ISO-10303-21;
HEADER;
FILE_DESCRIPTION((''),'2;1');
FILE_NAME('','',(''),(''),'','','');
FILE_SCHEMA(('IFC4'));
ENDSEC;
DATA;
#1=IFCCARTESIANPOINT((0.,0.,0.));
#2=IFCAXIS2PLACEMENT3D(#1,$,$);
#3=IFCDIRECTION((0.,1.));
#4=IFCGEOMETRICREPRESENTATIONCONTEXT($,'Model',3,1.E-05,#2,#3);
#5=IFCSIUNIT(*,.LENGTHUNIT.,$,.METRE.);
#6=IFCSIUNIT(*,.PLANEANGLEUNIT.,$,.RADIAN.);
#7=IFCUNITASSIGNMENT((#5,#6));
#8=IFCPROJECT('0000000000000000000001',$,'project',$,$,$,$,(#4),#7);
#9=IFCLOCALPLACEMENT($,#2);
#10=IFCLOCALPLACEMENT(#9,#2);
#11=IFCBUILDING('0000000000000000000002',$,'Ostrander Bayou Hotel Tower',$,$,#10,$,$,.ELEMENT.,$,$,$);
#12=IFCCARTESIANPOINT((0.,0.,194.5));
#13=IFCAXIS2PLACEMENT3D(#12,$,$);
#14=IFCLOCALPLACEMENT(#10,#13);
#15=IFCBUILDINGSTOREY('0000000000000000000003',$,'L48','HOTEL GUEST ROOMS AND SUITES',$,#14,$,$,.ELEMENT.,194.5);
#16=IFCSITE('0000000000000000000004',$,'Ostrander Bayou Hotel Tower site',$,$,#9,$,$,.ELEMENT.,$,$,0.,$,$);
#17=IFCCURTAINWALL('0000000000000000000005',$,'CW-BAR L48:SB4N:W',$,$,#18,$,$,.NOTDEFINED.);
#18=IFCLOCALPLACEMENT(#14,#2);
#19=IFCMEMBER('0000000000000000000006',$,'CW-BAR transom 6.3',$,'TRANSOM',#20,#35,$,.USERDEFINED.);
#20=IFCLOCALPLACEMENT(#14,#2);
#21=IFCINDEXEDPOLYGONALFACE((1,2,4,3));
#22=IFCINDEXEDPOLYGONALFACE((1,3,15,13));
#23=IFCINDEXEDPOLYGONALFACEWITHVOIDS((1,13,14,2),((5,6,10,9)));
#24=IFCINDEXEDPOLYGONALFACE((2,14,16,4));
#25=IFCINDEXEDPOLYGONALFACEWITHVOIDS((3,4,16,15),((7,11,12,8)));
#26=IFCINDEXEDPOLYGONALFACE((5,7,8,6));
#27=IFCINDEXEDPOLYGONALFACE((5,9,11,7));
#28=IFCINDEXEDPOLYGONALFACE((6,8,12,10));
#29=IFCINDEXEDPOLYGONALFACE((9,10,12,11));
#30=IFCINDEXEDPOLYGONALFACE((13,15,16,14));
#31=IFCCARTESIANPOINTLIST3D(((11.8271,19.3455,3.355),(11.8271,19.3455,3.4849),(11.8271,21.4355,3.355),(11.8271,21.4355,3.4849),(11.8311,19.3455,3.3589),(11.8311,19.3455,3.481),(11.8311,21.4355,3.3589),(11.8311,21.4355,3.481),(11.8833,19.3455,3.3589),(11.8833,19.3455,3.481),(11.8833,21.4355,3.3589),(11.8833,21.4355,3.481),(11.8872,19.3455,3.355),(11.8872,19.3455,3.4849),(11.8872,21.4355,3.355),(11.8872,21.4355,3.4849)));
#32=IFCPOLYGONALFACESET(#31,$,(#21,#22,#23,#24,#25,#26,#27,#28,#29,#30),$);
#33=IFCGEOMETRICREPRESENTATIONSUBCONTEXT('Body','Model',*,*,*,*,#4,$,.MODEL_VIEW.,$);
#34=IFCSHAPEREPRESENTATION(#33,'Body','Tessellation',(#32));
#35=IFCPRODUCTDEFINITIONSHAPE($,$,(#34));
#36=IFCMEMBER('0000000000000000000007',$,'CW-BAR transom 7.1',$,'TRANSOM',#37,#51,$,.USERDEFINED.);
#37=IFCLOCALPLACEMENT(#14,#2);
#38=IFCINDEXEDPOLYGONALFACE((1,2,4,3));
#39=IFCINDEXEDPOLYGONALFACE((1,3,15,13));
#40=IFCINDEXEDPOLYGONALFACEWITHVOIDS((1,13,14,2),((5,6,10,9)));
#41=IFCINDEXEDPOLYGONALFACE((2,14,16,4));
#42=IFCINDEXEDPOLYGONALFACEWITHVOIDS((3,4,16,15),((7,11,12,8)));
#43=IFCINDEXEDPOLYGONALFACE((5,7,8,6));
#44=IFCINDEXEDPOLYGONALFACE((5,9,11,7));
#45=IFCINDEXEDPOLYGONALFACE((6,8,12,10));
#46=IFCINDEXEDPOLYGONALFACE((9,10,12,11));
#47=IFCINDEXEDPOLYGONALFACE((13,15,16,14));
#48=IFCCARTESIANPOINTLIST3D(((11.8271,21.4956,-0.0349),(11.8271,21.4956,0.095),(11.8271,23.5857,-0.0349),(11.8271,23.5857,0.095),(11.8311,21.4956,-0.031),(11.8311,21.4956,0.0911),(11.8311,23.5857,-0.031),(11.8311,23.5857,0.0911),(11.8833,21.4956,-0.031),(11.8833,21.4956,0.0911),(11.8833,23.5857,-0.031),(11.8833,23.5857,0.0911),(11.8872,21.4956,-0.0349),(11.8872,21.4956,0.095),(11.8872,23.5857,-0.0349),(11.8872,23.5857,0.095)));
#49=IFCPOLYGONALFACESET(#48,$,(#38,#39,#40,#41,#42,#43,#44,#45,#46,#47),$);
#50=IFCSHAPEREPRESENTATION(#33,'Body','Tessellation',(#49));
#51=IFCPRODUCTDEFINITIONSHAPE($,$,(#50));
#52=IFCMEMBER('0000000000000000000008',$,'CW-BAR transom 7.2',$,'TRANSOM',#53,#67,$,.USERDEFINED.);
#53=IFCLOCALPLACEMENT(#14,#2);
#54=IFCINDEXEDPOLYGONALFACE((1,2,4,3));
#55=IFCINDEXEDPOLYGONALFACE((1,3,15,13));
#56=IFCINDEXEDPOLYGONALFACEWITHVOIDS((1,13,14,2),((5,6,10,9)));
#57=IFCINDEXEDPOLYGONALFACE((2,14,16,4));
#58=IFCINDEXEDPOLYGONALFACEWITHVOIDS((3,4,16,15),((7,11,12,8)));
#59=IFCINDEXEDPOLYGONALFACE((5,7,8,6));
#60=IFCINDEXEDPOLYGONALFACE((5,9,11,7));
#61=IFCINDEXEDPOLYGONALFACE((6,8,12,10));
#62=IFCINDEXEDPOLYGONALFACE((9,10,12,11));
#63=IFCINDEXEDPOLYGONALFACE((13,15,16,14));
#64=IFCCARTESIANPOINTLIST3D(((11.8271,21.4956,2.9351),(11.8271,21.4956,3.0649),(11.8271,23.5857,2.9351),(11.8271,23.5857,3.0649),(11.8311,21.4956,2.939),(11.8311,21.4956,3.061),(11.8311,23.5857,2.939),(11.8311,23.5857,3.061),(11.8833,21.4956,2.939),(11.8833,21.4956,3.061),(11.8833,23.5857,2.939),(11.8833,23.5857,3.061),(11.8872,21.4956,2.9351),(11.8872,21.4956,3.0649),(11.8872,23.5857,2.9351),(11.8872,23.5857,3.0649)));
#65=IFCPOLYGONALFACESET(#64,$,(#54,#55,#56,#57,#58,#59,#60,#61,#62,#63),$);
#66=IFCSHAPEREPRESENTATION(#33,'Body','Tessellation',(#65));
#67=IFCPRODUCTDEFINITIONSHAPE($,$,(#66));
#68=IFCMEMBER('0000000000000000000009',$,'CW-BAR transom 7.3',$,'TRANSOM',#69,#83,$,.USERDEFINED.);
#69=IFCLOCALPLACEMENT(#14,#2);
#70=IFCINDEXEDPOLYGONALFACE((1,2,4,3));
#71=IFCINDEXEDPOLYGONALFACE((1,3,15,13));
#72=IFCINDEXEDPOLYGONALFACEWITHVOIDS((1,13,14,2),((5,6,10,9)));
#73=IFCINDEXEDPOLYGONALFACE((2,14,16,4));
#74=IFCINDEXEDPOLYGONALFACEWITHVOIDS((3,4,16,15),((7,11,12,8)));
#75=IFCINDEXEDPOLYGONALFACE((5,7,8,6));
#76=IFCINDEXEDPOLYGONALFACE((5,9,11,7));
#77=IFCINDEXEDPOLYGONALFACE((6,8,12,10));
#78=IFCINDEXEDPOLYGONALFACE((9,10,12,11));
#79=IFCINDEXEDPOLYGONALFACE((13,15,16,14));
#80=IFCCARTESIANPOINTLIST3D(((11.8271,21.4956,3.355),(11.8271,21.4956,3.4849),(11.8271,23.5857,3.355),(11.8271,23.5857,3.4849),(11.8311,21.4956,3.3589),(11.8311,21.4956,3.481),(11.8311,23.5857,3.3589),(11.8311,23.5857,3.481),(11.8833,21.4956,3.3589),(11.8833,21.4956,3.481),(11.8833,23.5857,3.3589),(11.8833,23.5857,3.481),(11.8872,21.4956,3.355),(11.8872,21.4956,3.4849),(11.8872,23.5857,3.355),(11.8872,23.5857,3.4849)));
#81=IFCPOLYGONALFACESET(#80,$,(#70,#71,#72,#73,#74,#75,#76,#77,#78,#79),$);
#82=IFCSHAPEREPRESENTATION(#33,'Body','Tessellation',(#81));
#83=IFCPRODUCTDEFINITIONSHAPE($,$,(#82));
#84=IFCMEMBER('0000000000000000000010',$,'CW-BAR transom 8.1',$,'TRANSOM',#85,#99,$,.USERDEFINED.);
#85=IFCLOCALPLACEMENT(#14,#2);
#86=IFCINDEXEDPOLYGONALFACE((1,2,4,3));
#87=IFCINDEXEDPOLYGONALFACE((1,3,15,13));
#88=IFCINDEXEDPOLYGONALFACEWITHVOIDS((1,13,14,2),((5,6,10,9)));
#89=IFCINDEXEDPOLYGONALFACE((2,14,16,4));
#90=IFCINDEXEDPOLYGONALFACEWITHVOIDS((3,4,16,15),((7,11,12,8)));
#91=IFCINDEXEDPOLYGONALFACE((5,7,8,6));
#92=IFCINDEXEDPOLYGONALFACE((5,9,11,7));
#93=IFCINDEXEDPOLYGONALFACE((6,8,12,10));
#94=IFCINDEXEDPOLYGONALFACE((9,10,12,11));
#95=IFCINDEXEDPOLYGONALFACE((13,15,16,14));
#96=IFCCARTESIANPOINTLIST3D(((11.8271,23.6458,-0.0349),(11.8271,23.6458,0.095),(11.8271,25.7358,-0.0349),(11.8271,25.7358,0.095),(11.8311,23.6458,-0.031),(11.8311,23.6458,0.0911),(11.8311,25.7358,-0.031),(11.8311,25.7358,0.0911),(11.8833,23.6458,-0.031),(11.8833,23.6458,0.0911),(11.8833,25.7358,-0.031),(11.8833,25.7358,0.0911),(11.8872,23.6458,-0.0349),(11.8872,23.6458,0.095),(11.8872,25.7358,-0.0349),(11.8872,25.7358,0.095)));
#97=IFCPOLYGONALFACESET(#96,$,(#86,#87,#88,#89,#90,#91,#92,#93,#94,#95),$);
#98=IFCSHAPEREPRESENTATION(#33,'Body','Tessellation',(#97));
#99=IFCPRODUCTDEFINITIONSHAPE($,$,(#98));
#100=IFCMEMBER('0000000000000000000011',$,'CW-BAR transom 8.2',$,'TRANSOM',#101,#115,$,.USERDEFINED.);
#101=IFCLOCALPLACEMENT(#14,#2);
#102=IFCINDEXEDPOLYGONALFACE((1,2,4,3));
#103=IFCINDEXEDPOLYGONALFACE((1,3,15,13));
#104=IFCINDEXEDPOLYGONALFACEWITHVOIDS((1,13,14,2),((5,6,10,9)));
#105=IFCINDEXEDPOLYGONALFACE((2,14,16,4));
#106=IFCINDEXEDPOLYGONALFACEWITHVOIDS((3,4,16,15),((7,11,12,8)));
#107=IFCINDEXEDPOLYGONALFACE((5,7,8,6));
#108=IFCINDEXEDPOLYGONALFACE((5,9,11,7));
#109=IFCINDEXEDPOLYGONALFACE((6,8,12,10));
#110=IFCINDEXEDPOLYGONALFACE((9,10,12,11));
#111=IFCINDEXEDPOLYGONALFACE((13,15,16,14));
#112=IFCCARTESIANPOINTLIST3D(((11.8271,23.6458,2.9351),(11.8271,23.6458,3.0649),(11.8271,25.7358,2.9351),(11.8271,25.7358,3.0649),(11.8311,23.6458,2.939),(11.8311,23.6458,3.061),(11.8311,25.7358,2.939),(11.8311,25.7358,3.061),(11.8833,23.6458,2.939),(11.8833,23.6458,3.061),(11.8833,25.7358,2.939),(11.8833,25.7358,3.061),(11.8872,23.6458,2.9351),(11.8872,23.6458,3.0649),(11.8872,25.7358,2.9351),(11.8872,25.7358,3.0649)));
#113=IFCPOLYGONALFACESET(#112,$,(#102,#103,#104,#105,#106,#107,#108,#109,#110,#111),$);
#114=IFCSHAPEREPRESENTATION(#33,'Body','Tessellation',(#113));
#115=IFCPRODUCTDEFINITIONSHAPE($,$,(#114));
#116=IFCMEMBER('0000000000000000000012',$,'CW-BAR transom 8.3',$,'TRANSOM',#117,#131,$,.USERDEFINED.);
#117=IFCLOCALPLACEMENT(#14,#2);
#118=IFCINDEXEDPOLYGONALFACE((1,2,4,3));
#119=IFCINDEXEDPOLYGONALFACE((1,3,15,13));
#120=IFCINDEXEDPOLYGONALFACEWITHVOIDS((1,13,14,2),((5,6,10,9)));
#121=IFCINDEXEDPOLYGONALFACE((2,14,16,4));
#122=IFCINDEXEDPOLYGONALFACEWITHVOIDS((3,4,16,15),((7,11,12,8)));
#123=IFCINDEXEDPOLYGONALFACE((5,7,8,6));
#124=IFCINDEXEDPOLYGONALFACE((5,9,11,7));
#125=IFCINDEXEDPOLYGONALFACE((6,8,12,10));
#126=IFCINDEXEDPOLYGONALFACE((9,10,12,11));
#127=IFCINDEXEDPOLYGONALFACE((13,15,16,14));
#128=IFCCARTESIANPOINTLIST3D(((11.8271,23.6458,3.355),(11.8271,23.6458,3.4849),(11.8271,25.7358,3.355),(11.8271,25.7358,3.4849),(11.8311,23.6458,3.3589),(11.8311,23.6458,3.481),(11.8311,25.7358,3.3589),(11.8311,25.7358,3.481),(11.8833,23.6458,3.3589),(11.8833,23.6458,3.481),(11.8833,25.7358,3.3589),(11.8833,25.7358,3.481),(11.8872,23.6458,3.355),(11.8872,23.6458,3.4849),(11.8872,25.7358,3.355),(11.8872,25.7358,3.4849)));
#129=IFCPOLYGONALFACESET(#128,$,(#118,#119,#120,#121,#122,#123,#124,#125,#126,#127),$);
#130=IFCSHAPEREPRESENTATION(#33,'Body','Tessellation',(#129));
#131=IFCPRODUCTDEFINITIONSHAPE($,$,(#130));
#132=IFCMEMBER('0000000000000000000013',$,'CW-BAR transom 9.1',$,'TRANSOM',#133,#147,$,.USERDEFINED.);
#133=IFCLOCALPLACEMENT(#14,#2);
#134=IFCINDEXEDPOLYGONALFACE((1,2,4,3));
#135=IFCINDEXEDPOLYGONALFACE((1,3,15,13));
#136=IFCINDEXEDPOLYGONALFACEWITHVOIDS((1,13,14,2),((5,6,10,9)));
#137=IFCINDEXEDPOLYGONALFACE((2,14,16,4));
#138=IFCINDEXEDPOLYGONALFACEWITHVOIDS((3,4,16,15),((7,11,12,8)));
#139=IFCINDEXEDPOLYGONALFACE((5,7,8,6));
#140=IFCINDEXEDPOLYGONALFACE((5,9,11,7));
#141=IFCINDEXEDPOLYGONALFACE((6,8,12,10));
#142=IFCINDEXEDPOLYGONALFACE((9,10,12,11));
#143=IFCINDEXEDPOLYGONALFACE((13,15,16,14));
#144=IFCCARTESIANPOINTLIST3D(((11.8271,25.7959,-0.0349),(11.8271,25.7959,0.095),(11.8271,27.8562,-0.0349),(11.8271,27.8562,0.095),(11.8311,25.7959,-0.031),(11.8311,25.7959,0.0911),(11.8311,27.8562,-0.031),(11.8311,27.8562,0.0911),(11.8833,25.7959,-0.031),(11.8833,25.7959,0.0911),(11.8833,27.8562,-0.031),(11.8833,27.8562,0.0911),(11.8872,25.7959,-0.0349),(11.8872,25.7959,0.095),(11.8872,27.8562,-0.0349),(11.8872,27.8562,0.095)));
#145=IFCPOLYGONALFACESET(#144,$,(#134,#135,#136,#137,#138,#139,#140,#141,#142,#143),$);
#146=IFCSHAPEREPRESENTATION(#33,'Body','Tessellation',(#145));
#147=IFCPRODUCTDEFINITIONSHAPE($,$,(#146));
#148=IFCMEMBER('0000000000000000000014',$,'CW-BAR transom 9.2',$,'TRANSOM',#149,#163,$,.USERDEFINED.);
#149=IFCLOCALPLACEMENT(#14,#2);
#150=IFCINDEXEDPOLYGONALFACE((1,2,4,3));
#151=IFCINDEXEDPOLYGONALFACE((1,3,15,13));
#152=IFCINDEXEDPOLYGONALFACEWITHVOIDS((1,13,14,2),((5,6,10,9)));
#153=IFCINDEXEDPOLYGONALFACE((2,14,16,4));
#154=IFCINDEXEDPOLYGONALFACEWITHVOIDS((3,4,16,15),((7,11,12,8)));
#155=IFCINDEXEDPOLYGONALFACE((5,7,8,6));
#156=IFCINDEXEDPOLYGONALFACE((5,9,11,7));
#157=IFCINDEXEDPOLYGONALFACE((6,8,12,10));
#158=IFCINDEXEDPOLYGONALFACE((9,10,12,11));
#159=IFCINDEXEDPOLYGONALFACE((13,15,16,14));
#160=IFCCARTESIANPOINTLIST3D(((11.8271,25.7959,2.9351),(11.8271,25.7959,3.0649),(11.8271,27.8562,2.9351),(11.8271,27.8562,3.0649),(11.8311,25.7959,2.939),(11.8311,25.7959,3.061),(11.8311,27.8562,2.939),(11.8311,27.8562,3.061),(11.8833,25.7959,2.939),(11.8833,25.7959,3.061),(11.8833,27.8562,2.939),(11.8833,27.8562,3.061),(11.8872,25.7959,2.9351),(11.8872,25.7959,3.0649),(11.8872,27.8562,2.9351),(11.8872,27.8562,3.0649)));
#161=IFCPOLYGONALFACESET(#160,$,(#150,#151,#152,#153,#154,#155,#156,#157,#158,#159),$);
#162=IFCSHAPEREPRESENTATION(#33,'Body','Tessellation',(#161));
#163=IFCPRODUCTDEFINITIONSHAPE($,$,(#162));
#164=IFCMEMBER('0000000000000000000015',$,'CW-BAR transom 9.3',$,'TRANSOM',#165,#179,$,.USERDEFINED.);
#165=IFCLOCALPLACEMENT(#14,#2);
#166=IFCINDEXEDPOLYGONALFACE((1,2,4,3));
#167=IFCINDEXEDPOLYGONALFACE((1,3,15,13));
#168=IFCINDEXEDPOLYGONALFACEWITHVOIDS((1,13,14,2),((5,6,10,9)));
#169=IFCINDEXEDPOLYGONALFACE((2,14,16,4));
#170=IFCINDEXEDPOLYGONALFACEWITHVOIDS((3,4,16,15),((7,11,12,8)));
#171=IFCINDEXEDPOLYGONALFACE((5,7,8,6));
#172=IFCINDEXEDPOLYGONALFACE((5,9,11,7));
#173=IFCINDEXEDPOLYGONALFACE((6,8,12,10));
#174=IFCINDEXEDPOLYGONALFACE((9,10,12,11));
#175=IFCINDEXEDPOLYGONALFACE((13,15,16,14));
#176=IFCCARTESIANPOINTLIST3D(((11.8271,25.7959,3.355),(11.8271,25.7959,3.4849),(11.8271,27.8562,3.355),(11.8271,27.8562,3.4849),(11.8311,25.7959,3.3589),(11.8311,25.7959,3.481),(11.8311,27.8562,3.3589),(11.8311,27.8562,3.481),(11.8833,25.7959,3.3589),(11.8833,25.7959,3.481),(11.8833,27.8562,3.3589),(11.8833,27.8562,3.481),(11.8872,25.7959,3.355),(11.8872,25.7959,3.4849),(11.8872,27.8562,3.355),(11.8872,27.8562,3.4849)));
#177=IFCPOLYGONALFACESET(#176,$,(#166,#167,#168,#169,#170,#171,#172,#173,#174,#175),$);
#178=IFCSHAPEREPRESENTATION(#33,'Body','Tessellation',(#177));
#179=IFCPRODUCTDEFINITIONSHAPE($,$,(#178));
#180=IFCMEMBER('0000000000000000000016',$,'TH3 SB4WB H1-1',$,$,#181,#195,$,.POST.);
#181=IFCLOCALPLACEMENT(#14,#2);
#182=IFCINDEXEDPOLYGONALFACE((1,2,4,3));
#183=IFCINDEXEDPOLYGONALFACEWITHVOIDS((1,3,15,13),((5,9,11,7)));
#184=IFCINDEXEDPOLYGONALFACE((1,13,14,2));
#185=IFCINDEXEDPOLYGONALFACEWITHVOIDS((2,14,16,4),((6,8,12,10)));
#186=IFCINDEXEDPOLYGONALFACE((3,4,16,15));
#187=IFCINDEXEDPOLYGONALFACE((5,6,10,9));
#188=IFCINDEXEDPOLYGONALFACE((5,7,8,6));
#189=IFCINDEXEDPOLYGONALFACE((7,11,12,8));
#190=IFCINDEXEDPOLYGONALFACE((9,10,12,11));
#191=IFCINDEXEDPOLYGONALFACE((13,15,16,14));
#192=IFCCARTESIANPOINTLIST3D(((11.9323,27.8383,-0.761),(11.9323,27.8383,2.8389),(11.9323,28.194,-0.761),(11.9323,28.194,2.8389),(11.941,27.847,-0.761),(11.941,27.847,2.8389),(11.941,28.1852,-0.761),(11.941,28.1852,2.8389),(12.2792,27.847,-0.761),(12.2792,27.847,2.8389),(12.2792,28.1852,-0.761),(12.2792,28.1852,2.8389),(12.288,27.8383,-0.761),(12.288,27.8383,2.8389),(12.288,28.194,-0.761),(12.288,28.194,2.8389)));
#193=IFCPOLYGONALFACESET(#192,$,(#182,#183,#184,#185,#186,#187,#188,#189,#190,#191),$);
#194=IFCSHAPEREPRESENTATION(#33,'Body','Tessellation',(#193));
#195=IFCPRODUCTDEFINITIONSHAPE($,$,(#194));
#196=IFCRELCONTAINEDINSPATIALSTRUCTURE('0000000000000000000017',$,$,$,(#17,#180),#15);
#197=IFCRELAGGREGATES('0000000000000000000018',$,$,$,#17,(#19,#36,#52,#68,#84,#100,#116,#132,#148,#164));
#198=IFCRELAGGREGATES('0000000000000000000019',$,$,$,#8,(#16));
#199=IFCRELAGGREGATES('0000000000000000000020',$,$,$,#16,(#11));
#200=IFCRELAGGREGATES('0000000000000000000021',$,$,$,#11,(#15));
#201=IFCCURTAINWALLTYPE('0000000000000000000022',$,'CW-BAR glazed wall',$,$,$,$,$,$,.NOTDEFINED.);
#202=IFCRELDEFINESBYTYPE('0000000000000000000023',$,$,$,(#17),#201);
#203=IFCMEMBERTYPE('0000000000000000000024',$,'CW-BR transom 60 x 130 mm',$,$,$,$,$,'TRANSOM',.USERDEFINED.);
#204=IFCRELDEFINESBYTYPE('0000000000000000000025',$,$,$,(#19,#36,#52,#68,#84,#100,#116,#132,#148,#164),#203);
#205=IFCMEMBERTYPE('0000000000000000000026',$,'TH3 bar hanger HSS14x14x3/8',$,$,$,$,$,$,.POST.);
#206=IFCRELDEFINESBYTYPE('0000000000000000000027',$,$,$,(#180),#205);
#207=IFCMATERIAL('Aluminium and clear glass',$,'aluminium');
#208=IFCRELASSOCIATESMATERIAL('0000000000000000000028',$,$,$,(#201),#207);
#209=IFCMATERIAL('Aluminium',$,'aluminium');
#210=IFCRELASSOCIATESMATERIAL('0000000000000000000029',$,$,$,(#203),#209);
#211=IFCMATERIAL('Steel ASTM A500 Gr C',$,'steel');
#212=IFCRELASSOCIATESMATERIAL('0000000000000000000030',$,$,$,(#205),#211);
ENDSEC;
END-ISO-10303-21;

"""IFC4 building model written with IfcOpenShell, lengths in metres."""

from ifc_helpers import new_model, si_unit, direction, frame, origin, origin_2d, place, context, subcontext, project, spatial, hollow_rectangle, extrude, material, material_profile, profile_set, type_object, element, aggregate, save


model = new_model("IFC4")

# Units and contexts
model_context = context("Model", 3, precision=1e-05, world=origin(), true_north=direction((0.0, 1.0)))
body_context = subcontext(model_context, "Body", "Model", "MODEL_VIEW")
ifc_project = project(units=[si_unit("LENGTHUNIT", "METRE"), si_unit("PLANEANGLEUNIT", "RADIAN")], contexts=[model_context])

# Site, building, storey
site_placement = place(None, origin())
site = spatial("IfcSite", under=ifc_project, at=site_placement, Name="Ostrander Bayou Hotel Tower site", CompositionType="ELEMENT", RefElevation=0.0)
building_placement = place(site_placement, origin())
building = spatial("IfcBuilding", under=site, at=building_placement, Name="Ostrander Bayou Hotel Tower", CompositionType="ELEMENT")
storey_placement = place(building_placement, frame((0.0, 0.0, 194.5)))
storey = spatial("IfcBuildingStorey", under=building, at=storey_placement, Name="L48", Description="HOTEL GUEST ROOMS AND SUITES", CompositionType="ELEMENT", Elevation=194.5)

# Curtain wall, members
ifc_material_1 = material(Name="Aluminium and clear glass", Category="aluminium")
curtain_wall_type = type_object("IfcCurtainWallType", Name="CW-BAR glazed wall", PredefinedType="NOTDEFINED", material=ifc_material_1)
curtain_wall_placement = place(storey_placement, origin())
curtain_wall = element("IfcCurtainWall", 1, at=curtain_wall_placement, inside=storey, type_object=curtain_wall_type, Name="CW-BAR L48:SB4N:W", PredefinedType="NOTDEFINED")
ifc_material_2 = material(Name="Aluminium", Category="aluminium")
ifc_material_profile_1 = material_profile(ifc_material_2, hollow_rectangle(XDim=0.0601, YDim=0.1299, WallThickness=0.0039, at=origin_2d()))
ifc_profile_set_1 = profile_set([ifc_material_profile_1], Name="Aluminium")
member_type_1 = type_object("IfcMemberType", Name="CW-BR transom 60 x 130 mm", ElementType="TRANSOM", PredefinedType="USERDEFINED", material=ifc_profile_set_1)
member_1_placement = place(storey_placement, frame((11.8572, 19.3455, 3.4199), z_axis=(0.0, 1.0, 0.0), x_axis=(-1.0, 0.0, 0.0)))
member_1 = element("IfcMember", 2, at=member_1_placement, type_object=member_type_1, Name="CW-BAR transom 6.3", ObjectType="TRANSOM", PredefinedType="USERDEFINED", context=body_context, shape_type="SweptSolid", body=[
    extrude(hollow_rectangle(XDim=0.0601, YDim=0.1299, WallThickness=0.0039, at=origin_2d()), origin(), (0.0, 0.0, 1.0), 2.0901),
])
member_2_placement = place(storey_placement, frame((11.8572, 21.4956, 0.03), z_axis=(0.0, 1.0, 0.0), x_axis=(-1.0, 0.0, 0.0)))
member_2 = element("IfcMember", 3, at=member_2_placement, type_object=member_type_1, Name="CW-BAR transom 7.1", ObjectType="TRANSOM", PredefinedType="USERDEFINED", context=body_context, shape_type="SweptSolid", body=[
    extrude(hollow_rectangle(XDim=0.0601, YDim=0.1299, WallThickness=0.0039, at=origin_2d()), origin(), (0.0, 0.0, 1.0), 2.0901),
])
member_3_placement = place(storey_placement, frame((11.8572, 21.4956, 3.0), z_axis=(0.0, 1.0, 0.0), x_axis=(-1.0, 0.0, 0.0)))
member_3 = element("IfcMember", 4, at=member_3_placement, type_object=member_type_1, Name="CW-BAR transom 7.2", ObjectType="TRANSOM", PredefinedType="USERDEFINED", context=body_context, shape_type="SweptSolid", body=[
    extrude(hollow_rectangle(XDim=0.0601, YDim=0.1299, WallThickness=0.0039, at=origin_2d()), origin(), (0.0, 0.0, 1.0), 2.0901),
])
member_4_placement = place(storey_placement, frame((11.8572, 21.4956, 3.4199), z_axis=(0.0, 1.0, 0.0), x_axis=(-1.0, 0.0, 0.0)))
member_4 = element("IfcMember", 5, at=member_4_placement, type_object=member_type_1, Name="CW-BAR transom 7.3", ObjectType="TRANSOM", PredefinedType="USERDEFINED", context=body_context, shape_type="SweptSolid", body=[
    extrude(hollow_rectangle(XDim=0.0601, YDim=0.1299, WallThickness=0.0039, at=origin_2d()), origin(), (0.0, 0.0, 1.0), 2.0901),
])
member_5_placement = place(storey_placement, frame((11.8572, 23.6458, 0.03), z_axis=(0.0, 1.0, 0.0), x_axis=(-1.0, 0.0, 0.0)))
member_5 = element("IfcMember", 6, at=member_5_placement, type_object=member_type_1, Name="CW-BAR transom 8.1", ObjectType="TRANSOM", PredefinedType="USERDEFINED", context=body_context, shape_type="SweptSolid", body=[
    extrude(hollow_rectangle(XDim=0.0601, YDim=0.1299, WallThickness=0.0039, at=origin_2d()), origin(), (0.0, 0.0, 1.0), 2.0901),
])
member_6_placement = place(storey_placement, frame((11.8572, 23.6458, 3.0), z_axis=(0.0, 1.0, 0.0), x_axis=(-1.0, 0.0, 0.0)))
member_6 = element("IfcMember", 7, at=member_6_placement, type_object=member_type_1, Name="CW-BAR transom 8.2", ObjectType="TRANSOM", PredefinedType="USERDEFINED", context=body_context, shape_type="SweptSolid", body=[
    extrude(hollow_rectangle(XDim=0.0601, YDim=0.1299, WallThickness=0.0039, at=origin_2d()), origin(), (0.0, 0.0, 1.0), 2.0901),
])
member_7_placement = place(storey_placement, frame((11.8572, 23.6458, 3.4199), z_axis=(0.0, 1.0, 0.0), x_axis=(-1.0, 0.0, 0.0)))
member_7 = element("IfcMember", 8, at=member_7_placement, type_object=member_type_1, Name="CW-BAR transom 8.3", ObjectType="TRANSOM", PredefinedType="USERDEFINED", context=body_context, shape_type="SweptSolid", body=[
    extrude(hollow_rectangle(XDim=0.0601, YDim=0.1299, WallThickness=0.0039, at=origin_2d()), origin(), (0.0, 0.0, 1.0), 2.0901),
])
member_8_placement = place(storey_placement, frame((11.8572, 25.7959, 0.03), z_axis=(0.0, 1.0, 0.0), x_axis=(-1.0, 0.0, 0.0)))
member_8 = element("IfcMember", 9, at=member_8_placement, type_object=member_type_1, Name="CW-BAR transom 9.1", ObjectType="TRANSOM", PredefinedType="USERDEFINED", context=body_context, shape_type="SweptSolid", body=[
    extrude(hollow_rectangle(XDim=0.0601, YDim=0.1299, WallThickness=0.0039, at=origin_2d()), origin(), (0.0, 0.0, 1.0), 2.0603),
])
member_9_placement = place(storey_placement, frame((11.8572, 25.7959, 3.0), z_axis=(0.0, 1.0, 0.0), x_axis=(-1.0, 0.0, 0.0)))
member_9 = element("IfcMember", 10, at=member_9_placement, type_object=member_type_1, Name="CW-BAR transom 9.2", ObjectType="TRANSOM", PredefinedType="USERDEFINED", context=body_context, shape_type="SweptSolid", body=[
    extrude(hollow_rectangle(XDim=0.0601, YDim=0.1299, WallThickness=0.0039, at=origin_2d()), origin(), (0.0, 0.0, 1.0), 2.0603),
])
member_10_placement = place(storey_placement, frame((11.8572, 25.7959, 3.4199), z_axis=(0.0, 1.0, 0.0), x_axis=(-1.0, 0.0, 0.0)))
member_10 = element("IfcMember", 11, at=member_10_placement, type_object=member_type_1, Name="CW-BAR transom 9.3", ObjectType="TRANSOM", PredefinedType="USERDEFINED", context=body_context, shape_type="SweptSolid", body=[
    extrude(hollow_rectangle(XDim=0.0601, YDim=0.1299, WallThickness=0.0039, at=origin_2d()), origin(), (0.0, 0.0, 1.0), 2.0603),
])

# Member
ifc_material_3 = material(Name="Steel ASTM A500 Gr C", Category="steel")
ifc_material_profile_2 = material_profile(ifc_material_3, hollow_rectangle(XDim=0.3557, YDim=0.3557, WallThickness=0.0088, at=origin_2d()))
ifc_profile_set_2 = profile_set([ifc_material_profile_2], Name="Steel ASTM A500 Gr C")
member_type_2 = type_object("IfcMemberType", Name="TH3 bar hanger HSS14x14x3/8", PredefinedType="POST", material=ifc_profile_set_2)
for number, where, z_axis, x_axis, name in (
    (12, (12.1101, 28.0161, -0.761), (0.0, 0.0, 1.0), (1.0, 0.0, 0.0), "TH3 SB4WB H1-1"),
):
    element("IfcMember", number, at=place(storey_placement, frame(where, z_axis=z_axis, x_axis=x_axis)), inside=storey, type_object=member_type_2, Name=name, PredefinedType="POST", context=body_context, shape_type="SweptSolid", body=[
        extrude(hollow_rectangle(XDim=0.3557, YDim=0.3557, WallThickness=0.0088, at=origin_2d()), origin(), (0.0, 0.0, 1.0), 3.5999),
    ])

aggregate(curtain_wall, [member_1, member_2, member_3, member_4, member_5, member_6, member_7, member_8, member_9, member_10])

save(model, "model.ifc")
